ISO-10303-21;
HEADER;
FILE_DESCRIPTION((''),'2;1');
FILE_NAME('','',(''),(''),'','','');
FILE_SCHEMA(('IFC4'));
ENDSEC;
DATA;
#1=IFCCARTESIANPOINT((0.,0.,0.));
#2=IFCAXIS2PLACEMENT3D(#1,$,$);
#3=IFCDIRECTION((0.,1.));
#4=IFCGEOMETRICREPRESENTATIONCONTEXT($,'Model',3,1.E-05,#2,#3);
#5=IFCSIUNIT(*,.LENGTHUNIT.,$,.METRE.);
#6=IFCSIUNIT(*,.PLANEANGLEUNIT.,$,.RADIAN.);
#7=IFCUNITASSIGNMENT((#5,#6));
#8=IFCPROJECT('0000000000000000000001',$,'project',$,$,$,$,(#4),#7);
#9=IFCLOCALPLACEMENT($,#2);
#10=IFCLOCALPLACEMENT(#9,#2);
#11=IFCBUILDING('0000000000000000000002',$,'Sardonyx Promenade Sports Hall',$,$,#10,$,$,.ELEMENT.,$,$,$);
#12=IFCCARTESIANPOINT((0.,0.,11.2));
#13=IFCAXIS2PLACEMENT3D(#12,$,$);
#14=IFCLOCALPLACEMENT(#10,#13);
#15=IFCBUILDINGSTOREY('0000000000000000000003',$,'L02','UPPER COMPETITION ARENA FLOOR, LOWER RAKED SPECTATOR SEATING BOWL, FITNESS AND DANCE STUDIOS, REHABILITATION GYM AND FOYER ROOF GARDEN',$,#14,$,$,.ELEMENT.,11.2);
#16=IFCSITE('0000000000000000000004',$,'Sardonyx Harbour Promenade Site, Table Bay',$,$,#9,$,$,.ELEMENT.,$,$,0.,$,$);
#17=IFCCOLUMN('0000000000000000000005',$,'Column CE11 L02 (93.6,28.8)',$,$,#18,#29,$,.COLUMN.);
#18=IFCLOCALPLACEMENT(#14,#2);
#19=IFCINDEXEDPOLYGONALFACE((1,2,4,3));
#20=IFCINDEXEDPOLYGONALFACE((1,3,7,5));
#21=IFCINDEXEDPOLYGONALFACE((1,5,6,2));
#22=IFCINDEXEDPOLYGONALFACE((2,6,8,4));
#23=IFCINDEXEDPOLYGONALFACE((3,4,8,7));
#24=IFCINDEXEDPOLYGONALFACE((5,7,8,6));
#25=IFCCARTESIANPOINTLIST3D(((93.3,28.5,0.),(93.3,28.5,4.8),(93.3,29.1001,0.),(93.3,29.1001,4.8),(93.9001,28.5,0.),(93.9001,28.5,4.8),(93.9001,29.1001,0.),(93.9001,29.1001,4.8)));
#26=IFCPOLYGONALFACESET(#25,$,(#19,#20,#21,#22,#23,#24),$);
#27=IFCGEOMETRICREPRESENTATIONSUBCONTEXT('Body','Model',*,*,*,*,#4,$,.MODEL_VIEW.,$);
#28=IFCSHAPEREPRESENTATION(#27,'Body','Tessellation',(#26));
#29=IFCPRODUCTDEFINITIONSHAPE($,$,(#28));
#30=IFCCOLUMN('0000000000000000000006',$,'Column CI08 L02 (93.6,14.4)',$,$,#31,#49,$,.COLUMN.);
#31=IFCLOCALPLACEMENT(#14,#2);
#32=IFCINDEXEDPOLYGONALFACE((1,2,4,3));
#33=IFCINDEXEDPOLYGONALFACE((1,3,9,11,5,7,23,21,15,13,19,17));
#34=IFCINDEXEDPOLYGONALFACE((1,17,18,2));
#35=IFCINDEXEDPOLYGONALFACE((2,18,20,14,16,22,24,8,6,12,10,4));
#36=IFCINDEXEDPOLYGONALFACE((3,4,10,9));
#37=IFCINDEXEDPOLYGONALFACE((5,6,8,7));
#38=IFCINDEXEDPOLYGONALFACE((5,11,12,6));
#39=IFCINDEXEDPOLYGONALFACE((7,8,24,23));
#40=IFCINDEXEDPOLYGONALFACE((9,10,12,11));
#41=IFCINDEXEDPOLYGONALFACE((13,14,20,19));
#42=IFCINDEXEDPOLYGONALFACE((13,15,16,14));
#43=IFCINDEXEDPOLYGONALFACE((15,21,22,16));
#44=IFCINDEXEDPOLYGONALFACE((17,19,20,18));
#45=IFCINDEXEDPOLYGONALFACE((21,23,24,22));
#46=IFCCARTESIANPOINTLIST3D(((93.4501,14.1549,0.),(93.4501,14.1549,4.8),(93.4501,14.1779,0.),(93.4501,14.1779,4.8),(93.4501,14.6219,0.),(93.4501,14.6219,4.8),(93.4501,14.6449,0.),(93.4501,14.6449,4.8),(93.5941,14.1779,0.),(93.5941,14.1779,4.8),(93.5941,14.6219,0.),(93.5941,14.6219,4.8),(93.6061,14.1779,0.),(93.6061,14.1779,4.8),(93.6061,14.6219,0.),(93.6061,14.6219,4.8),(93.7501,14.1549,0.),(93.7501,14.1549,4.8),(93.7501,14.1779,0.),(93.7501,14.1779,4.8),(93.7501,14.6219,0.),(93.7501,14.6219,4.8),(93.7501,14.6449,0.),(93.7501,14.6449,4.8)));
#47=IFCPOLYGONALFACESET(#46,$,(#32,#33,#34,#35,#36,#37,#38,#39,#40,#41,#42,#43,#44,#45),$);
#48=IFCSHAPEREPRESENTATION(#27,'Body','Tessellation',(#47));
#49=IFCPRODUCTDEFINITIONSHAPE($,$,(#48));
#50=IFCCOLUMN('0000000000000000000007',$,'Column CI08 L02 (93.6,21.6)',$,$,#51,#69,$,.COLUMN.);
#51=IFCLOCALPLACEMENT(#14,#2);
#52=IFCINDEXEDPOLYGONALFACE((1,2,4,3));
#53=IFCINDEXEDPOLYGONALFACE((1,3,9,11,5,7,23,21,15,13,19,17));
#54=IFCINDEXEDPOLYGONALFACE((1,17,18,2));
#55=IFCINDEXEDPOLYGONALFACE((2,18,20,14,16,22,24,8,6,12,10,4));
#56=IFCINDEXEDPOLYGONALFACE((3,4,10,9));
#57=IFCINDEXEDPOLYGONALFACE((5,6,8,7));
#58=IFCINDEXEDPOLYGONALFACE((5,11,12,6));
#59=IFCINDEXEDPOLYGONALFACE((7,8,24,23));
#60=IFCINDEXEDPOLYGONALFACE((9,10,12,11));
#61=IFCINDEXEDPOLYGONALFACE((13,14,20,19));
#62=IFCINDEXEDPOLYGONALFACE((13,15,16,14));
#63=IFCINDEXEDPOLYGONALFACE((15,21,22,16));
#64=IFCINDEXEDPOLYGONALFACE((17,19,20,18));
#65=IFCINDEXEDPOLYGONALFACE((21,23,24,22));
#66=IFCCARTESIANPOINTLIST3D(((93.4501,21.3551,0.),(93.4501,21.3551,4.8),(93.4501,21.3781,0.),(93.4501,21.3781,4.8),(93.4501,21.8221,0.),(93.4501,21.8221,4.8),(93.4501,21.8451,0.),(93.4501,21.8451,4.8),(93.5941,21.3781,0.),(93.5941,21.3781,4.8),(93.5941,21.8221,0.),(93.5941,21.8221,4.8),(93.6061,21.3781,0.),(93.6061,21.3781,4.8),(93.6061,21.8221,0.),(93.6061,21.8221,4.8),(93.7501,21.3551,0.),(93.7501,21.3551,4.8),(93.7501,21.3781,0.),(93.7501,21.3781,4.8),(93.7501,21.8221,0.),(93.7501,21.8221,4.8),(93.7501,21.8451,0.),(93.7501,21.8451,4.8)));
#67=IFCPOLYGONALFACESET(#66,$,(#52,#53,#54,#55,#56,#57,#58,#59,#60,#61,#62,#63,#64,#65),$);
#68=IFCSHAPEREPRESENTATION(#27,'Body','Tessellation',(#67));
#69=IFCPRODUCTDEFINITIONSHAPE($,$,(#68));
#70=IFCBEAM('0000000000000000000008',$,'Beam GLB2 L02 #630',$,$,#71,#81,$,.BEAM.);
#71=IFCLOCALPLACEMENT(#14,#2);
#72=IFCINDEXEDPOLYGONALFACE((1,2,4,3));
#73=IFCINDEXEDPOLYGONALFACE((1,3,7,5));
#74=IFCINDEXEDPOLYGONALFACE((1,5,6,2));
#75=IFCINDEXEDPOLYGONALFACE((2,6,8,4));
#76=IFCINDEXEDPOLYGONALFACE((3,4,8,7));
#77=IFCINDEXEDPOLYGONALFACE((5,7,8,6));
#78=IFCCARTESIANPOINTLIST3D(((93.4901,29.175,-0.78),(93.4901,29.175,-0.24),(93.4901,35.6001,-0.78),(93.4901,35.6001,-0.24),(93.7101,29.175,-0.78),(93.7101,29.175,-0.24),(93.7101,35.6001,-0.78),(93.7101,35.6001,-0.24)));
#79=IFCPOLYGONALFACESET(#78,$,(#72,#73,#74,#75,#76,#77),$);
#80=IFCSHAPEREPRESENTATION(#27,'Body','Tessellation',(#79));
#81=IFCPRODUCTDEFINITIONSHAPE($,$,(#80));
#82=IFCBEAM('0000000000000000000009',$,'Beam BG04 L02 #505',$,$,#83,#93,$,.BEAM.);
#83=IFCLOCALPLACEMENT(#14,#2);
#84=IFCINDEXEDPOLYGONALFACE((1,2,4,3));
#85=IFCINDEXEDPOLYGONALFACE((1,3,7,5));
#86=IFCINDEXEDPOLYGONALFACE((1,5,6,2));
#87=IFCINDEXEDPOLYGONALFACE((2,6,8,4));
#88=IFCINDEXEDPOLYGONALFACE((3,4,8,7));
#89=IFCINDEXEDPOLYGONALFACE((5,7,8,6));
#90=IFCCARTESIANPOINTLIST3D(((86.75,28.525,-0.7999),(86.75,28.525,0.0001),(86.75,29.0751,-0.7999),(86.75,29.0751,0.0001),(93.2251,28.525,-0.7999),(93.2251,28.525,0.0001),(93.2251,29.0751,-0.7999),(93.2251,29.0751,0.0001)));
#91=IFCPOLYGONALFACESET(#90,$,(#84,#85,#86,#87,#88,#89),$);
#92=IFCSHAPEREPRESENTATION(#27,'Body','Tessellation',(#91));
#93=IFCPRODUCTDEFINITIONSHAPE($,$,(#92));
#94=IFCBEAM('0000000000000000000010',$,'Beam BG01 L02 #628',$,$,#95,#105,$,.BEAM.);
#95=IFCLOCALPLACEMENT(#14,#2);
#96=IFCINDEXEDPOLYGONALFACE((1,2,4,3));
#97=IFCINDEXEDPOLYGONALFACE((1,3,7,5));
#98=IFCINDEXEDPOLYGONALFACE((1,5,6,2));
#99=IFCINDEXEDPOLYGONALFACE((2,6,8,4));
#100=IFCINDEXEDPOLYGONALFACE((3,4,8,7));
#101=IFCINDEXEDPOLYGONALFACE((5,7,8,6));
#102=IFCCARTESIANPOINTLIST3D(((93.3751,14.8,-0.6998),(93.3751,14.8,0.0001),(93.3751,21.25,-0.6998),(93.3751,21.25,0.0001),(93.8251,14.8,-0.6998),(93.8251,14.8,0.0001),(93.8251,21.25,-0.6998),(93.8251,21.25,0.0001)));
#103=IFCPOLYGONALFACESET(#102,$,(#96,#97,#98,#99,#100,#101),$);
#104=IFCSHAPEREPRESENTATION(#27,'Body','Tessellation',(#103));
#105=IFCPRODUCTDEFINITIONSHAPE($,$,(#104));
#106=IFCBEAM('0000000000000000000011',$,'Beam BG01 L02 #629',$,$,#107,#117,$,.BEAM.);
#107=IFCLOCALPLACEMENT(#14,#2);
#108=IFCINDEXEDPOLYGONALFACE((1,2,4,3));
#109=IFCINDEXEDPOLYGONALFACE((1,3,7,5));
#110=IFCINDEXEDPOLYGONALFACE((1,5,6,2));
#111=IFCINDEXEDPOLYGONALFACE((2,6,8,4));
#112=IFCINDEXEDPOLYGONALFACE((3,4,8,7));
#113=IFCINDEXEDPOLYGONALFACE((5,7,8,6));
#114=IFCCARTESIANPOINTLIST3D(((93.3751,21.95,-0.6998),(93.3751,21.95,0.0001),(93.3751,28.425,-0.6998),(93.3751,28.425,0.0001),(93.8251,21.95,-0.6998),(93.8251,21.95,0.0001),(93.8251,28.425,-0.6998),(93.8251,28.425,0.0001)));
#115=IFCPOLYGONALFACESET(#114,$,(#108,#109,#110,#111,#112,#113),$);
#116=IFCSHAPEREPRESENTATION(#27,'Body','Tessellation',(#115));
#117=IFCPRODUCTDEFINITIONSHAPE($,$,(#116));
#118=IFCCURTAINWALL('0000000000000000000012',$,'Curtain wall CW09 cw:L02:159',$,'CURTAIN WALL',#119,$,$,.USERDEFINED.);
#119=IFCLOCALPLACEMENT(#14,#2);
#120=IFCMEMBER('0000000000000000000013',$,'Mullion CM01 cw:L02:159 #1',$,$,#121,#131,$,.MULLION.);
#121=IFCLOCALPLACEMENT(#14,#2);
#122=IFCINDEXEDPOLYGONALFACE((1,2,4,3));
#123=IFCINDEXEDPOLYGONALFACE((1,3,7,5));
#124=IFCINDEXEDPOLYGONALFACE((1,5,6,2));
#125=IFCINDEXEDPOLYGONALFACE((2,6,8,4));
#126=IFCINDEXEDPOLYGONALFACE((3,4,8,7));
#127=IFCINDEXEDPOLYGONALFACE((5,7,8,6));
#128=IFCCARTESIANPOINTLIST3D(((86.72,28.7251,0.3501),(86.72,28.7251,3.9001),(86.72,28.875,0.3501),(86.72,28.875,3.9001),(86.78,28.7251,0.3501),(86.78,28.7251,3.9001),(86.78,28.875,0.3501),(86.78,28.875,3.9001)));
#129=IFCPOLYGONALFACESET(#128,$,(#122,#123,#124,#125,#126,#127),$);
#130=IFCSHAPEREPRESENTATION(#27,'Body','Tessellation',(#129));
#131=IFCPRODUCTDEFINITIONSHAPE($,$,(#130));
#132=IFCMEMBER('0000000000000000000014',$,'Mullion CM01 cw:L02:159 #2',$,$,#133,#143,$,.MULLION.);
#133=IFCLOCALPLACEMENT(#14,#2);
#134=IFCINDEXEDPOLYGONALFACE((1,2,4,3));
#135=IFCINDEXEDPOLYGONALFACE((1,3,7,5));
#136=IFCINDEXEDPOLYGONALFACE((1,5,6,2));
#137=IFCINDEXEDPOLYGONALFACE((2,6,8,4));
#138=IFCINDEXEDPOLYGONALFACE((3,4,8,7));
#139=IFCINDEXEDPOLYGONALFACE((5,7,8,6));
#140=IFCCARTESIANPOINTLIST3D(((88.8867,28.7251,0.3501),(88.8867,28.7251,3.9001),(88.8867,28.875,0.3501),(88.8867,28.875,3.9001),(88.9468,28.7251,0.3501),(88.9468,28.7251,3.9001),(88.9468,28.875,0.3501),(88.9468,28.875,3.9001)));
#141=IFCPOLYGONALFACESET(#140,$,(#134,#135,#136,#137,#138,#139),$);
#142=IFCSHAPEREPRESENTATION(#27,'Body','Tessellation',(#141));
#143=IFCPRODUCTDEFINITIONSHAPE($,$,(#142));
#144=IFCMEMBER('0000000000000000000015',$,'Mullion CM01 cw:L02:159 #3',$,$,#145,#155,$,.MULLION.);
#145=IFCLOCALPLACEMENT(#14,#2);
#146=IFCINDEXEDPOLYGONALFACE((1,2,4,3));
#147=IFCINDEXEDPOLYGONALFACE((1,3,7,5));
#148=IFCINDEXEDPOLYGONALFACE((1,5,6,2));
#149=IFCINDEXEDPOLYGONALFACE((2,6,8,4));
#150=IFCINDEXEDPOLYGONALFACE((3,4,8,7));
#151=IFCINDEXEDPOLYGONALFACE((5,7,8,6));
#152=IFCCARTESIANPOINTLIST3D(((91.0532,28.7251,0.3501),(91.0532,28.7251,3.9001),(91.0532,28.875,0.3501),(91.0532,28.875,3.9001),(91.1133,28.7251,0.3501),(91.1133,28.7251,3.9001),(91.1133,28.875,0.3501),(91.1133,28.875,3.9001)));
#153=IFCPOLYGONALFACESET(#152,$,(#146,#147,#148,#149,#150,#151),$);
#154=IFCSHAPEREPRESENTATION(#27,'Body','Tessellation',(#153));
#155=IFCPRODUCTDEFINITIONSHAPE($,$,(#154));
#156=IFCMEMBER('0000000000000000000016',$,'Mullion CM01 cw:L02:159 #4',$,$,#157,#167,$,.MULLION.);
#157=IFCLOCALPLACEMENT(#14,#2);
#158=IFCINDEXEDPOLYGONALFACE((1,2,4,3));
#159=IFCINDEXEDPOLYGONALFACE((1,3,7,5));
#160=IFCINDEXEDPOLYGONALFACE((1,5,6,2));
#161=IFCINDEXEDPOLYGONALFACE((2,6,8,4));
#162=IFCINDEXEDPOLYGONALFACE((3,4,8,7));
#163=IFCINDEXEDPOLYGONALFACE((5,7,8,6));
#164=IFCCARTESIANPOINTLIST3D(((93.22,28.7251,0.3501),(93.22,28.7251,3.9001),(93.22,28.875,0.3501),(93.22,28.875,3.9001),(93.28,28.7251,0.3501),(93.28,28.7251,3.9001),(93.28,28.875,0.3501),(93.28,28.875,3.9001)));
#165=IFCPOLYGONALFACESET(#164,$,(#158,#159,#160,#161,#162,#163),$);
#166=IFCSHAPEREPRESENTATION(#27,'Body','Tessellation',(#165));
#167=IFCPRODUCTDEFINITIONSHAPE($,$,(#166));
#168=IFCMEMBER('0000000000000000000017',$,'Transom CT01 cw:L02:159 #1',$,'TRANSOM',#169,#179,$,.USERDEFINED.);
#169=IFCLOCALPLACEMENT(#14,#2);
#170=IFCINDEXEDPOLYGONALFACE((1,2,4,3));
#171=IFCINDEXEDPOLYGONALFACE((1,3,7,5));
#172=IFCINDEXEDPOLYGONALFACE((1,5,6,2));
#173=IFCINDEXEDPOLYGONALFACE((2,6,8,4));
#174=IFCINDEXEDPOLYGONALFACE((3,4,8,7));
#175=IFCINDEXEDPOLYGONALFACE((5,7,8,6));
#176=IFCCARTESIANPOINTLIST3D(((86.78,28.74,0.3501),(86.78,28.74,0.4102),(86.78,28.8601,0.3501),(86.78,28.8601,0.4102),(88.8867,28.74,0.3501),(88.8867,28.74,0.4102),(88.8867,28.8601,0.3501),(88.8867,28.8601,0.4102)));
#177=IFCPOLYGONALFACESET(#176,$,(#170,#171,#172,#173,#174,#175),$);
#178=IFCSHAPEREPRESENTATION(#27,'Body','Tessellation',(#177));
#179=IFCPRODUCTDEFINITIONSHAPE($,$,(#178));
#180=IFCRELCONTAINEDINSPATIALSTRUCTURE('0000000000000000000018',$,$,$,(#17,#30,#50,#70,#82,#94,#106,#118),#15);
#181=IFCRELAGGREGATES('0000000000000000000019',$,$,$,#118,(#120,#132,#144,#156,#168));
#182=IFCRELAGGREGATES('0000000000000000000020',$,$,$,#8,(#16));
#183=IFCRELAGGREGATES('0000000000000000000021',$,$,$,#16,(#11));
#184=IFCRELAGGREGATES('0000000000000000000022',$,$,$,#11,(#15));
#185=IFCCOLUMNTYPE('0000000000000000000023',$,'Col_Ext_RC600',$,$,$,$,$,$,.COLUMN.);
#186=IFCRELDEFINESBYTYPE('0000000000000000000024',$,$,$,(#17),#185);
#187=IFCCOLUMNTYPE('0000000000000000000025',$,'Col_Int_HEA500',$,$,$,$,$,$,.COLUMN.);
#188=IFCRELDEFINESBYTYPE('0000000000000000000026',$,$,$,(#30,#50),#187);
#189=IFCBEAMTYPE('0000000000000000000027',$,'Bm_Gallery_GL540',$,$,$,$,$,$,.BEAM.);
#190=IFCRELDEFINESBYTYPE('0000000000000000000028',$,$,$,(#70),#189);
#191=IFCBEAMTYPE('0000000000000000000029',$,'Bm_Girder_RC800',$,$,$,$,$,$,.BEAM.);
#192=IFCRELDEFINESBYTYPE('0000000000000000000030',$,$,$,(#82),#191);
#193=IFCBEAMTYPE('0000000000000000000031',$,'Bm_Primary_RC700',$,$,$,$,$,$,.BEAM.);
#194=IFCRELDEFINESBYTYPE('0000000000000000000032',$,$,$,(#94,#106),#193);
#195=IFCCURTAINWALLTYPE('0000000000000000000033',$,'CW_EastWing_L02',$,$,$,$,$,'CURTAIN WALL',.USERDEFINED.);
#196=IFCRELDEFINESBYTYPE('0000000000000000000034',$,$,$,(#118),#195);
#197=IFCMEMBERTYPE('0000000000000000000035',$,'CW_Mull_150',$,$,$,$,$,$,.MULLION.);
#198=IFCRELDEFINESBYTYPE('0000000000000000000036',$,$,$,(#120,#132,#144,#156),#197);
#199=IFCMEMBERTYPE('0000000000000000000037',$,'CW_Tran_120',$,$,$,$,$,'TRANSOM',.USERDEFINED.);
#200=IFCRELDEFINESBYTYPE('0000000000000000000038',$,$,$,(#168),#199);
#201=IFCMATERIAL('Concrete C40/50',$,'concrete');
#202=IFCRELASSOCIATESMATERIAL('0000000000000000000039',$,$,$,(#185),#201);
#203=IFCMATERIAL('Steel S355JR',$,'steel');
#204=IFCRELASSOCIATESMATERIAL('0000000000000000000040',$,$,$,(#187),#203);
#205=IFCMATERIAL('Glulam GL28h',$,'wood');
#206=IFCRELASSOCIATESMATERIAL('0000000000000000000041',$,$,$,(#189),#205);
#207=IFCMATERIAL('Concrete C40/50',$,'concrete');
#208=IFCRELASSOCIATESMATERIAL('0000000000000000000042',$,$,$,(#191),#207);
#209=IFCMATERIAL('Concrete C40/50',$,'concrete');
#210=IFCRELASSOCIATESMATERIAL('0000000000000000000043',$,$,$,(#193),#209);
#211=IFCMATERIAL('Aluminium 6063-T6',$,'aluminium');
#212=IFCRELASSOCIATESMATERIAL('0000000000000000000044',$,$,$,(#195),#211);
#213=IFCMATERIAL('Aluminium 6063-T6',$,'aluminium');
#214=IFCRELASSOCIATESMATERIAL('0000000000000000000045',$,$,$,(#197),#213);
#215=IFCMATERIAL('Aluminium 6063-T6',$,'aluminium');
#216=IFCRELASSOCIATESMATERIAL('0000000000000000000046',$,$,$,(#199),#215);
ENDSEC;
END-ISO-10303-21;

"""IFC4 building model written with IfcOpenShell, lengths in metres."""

from ifc_helpers import new_model, si_unit, direction, frame, origin, origin_2d, place, context, subcontext, project, spatial, rectangle, i_section, extrude, material, material_profile, profile_set, type_object, element, aggregate, save


model = new_model("IFC4")

# Units and contexts
model_context = context("Model", 3, precision=1e-05, world=origin(), true_north=direction((0.0, 1.0)))
body_context = subcontext(model_context, "Body", "Model", "MODEL_VIEW")
ifc_project = project(units=[si_unit("LENGTHUNIT", "METRE"), si_unit("PLANEANGLEUNIT", "RADIAN")], contexts=[model_context])

# Site, building, storey
site_placement = place(None, origin())
site = spatial("IfcSite", under=ifc_project, at=site_placement, Name="Sardonyx Harbour Promenade Site, Table Bay", CompositionType="ELEMENT", RefElevation=0.0)
building_placement = place(site_placement, origin())
building = spatial("IfcBuilding", under=site, at=building_placement, Name="Sardonyx Promenade Sports Hall", CompositionType="ELEMENT")
storey_placement = place(building_placement, frame((0.0, 0.0, 11.2)))
storey = spatial("IfcBuildingStorey", under=building, at=storey_placement, Name="L02", Description="UPPER COMPETITION ARENA FLOOR, LOWER RAKED SPECTATOR SEATING BOWL, FITNESS AND DANCE STUDIOS, REHABILITATION GYM AND FOYER ROOF GARDEN", CompositionType="ELEMENT", Elevation=11.2)

# Columns
ifc_material_1 = material(Name="Concrete C40/50", Category="concrete")
ifc_material_profile_1 = material_profile(ifc_material_1, rectangle(XDim=0.6001, YDim=0.6001, at=origin_2d()))
ifc_profile_set_1 = profile_set([ifc_material_profile_1], Name="Concrete C40/50")
column_type_1 = type_object("IfcColumnType", Name="Col_Ext_RC600", PredefinedType="COLUMN", material=ifc_profile_set_1)
column_placement = place(storey_placement, frame((93.6001, 28.8, 0.0), z_axis=(0.0, 0.0, 1.0), x_axis=(1.0, 0.0, 0.0)))
element("IfcColumn", 1, at=column_placement, inside=storey, type_object=column_type_1, Name="Column CE11 L02 (93.6,28.8)", PredefinedType="COLUMN", context=body_context, shape_type="SweptSolid", body=[
    extrude(rectangle(XDim=0.6001, YDim=0.6001, at=origin_2d()), origin(), (0.0, 0.0, 1.0), 4.8),
])
ifc_material_2 = material(Name="Steel S355JR", Category="steel")
ifc_material_profile_2 = material_profile(ifc_material_2, i_section(OverallWidth=0.3, OverallDepth=0.49, WebThickness=0.012, FlangeThickness=0.0229, at=origin_2d()))
ifc_profile_set_2 = profile_set([ifc_material_profile_2], Name="Steel S355JR")
column_type_2 = type_object("IfcColumnType", Name="Col_Int_HEA500", PredefinedType="COLUMN", material=ifc_profile_set_2)
for number, where, z_axis, x_axis, name in (
    (2, (93.6001, 14.3999, 0.0), (0.0, 0.0, 1.0), (1.0, 0.0, 0.0), "Column CI08 L02 (93.6,14.4)"),
    (3, (93.6001, 21.6001, 0.0), (0.0, 0.0, 1.0), (1.0, 0.0, 0.0), "Column CI08 L02 (93.6,21.6)"),
):
    element("IfcColumn", number, at=place(storey_placement, frame(where, z_axis=z_axis, x_axis=x_axis)), inside=storey, type_object=column_type_2, Name=name, PredefinedType="COLUMN", context=body_context, shape_type="SweptSolid", body=[
        extrude(i_section(OverallWidth=0.3, OverallDepth=0.49, WebThickness=0.012, FlangeThickness=0.0229, at=origin_2d()), origin(), (0.0, 0.0, 1.0), 4.8),
    ])

# Beams
ifc_material_3 = material(Name="Glulam GL28h", Category="wood")
ifc_material_profile_3 = material_profile(ifc_material_3, rectangle(XDim=0.22, YDim=0.54, at=origin_2d()))
ifc_profile_set_3 = profile_set([ifc_material_profile_3], Name="Glulam GL28h")
beam_type_1 = type_object("IfcBeamType", Name="Bm_Gallery_GL540", PredefinedType="BEAM", material=ifc_profile_set_3)
beam_1_placement = place(storey_placement, frame((93.6001, 29.175, -0.51), z_axis=(0.0, 1.0, 0.0), x_axis=(-1.0, 0.0, 0.0)))
element("IfcBeam", 4, at=beam_1_placement, inside=storey, type_object=beam_type_1, Name="Beam GLB2 L02 #630", PredefinedType="BEAM", context=body_context, shape_type="SweptSolid", body=[
    extrude(rectangle(XDim=0.22, YDim=0.54, at=origin_2d()), origin(), (0.0, 0.0, 1.0), 6.425),
])
ifc_material_4 = material(Name="Concrete C40/50", Category="concrete")
ifc_material_profile_4 = material_profile(ifc_material_4, rectangle(XDim=0.55, YDim=0.8, at=origin_2d()))
ifc_profile_set_4 = profile_set([ifc_material_profile_4], Name="Concrete C40/50")
beam_type_2 = type_object("IfcBeamType", Name="Bm_Girder_RC800", PredefinedType="BEAM", material=ifc_profile_set_4)
beam_2_placement = place(storey_placement, frame((86.75, 28.8, -0.3999), z_axis=(1.0, 0.0, 0.0), x_axis=(0.0, 1.0, 0.0)))
element("IfcBeam", 5, at=beam_2_placement, inside=storey, type_object=beam_type_2, Name="Beam BG04 L02 #505", PredefinedType="BEAM", context=body_context, shape_type="SweptSolid", body=[
    extrude(rectangle(XDim=0.55, YDim=0.8, at=origin_2d()), origin(), (0.0, 0.0, 1.0), 6.4751),
])
ifc_material_5 = material(Name="Concrete C40/50", Category="concrete")
ifc_material_profile_5 = material_profile(ifc_material_5, rectangle(XDim=0.45, YDim=0.7, at=origin_2d()))
ifc_profile_set_5 = profile_set([ifc_material_profile_5], Name="Concrete C40/50")
beam_type_3 = type_object("IfcBeamType", Name="Bm_Primary_RC700", PredefinedType="BEAM", material=ifc_profile_set_5)
beam_3_placement = place(storey_placement, frame((93.6001, 14.8, -0.3499), z_axis=(0.0, 1.0, 0.0), x_axis=(-1.0, 0.0, 0.0)))
element("IfcBeam", 6, at=beam_3_placement, inside=storey, type_object=beam_type_3, Name="Beam BG01 L02 #628", PredefinedType="BEAM", context=body_context, shape_type="SweptSolid", body=[
    extrude(rectangle(XDim=0.45, YDim=0.7, at=origin_2d()), origin(), (0.0, 0.0, 1.0), 6.45),
])
beam_4_placement = place(storey_placement, frame((93.6001, 21.95, -0.3499), z_axis=(0.0, 1.0, 0.0), x_axis=(-1.0, 0.0, 0.0)))
element("IfcBeam", 7, at=beam_4_placement, inside=storey, type_object=beam_type_3, Name="Beam BG01 L02 #629", PredefinedType="BEAM", context=body_context, shape_type="SweptSolid", body=[
    extrude(rectangle(XDim=0.45, YDim=0.7, at=origin_2d()), origin(), (0.0, 0.0, 1.0), 6.4751),
])

# Curtain wall, members
ifc_material_6 = material(Name="Aluminium 6063-T6", Category="aluminium")
curtain_wall_type = type_object("IfcCurtainWallType", Name="CW_EastWing_L02", ElementType="CURTAIN WALL", PredefinedType="USERDEFINED", material=ifc_material_6)
curtain_wall_placement = place(storey_placement, origin())
curtain_wall = element("IfcCurtainWall", 8, at=curtain_wall_placement, inside=storey, type_object=curtain_wall_type, Name="Curtain wall CW09 cw:L02:159", ObjectType="CURTAIN WALL", PredefinedType="USERDEFINED")
ifc_material_7 = material(Name="Aluminium 6063-T6", Category="aluminium")
ifc_material_profile_6 = material_profile(ifc_material_7, rectangle(XDim=0.0601, YDim=0.1499, at=origin_2d()))
ifc_profile_set_6 = profile_set([ifc_material_profile_6], Name="Aluminium 6063-T6")
member_type_1 = type_object("IfcMemberType", Name="CW_Mull_150", PredefinedType="MULLION", material=ifc_profile_set_6)
member_1_placement = place(storey_placement, frame((86.75, 28.8, 0.3501), z_axis=(0.0, 0.0, 1.0), x_axis=(1.0, 0.0, 0.0)))
member_1 = element("IfcMember", 9, at=member_1_placement, type_object=member_type_1, Name="Mullion CM01 cw:L02:159 #1", PredefinedType="MULLION", context=body_context, shape_type="SweptSolid", body=[
    extrude(rectangle(XDim=0.0601, YDim=0.1499, at=origin_2d()), origin(), (0.0, 0.0, 1.0), 3.55),
])
member_2_placement = place(storey_placement, frame((88.9167, 28.8, 0.3501), z_axis=(0.0, 0.0, 1.0), x_axis=(1.0, 0.0, 0.0)))
member_2 = element("IfcMember", 10, at=member_2_placement, type_object=member_type_1, Name="Mullion CM01 cw:L02:159 #2", PredefinedType="MULLION", context=body_context, shape_type="SweptSolid", body=[
    extrude(rectangle(XDim=0.0601, YDim=0.1499, at=origin_2d()), origin(), (0.0, 0.0, 1.0), 3.55),
])
member_3_placement = place(storey_placement, frame((91.0833, 28.8, 0.3501), z_axis=(0.0, 0.0, 1.0), x_axis=(1.0, 0.0, 0.0)))
member_3 = element("IfcMember", 11, at=member_3_placement, type_object=member_type_1, Name="Mullion CM01 cw:L02:159 #3", PredefinedType="MULLION", context=body_context, shape_type="SweptSolid", body=[
    extrude(rectangle(XDim=0.0601, YDim=0.1499, at=origin_2d()), origin(), (0.0, 0.0, 1.0), 3.55),
])
member_4_placement = place(storey_placement, frame((93.25, 28.8, 0.3501), z_axis=(0.0, 0.0, 1.0), x_axis=(1.0, 0.0, 0.0)))
member_4 = element("IfcMember", 12, at=member_4_placement, type_object=member_type_1, Name="Mullion CM01 cw:L02:159 #4", PredefinedType="MULLION", context=body_context, shape_type="SweptSolid", body=[
    extrude(rectangle(XDim=0.0601, YDim=0.1499, at=origin_2d()), origin(), (0.0, 0.0, 1.0), 3.55),
])
ifc_material_8 = material(Name="Aluminium 6063-T6", Category="aluminium")
ifc_material_profile_7 = material_profile(ifc_material_8, rectangle(XDim=0.0601, YDim=0.1201, at=origin_2d()))
ifc_profile_set_7 = profile_set([ifc_material_profile_7], Name="Aluminium 6063-T6")
member_type_2 = type_object("IfcMemberType", Name="CW_Tran_120", ElementType="TRANSOM", PredefinedType="USERDEFINED", material=ifc_profile_set_7)
member_5_placement = place(storey_placement, frame((86.78, 28.8, 0.3801), z_axis=(1.0, 0.0, 0.0), x_axis=(0.0, 0.0, 1.0)))
member_5 = element("IfcMember", 13, at=member_5_placement, type_object=member_type_2, Name="Transom CT01 cw:L02:159 #1", ObjectType="TRANSOM", PredefinedType="USERDEFINED", context=body_context, shape_type="SweptSolid", body=[
    extrude(rectangle(XDim=0.0601, YDim=0.1201, at=origin_2d()), origin(), (0.0, 0.0, 1.0), 2.1067),
])
aggregate(curtain_wall, [member_1, member_2, member_3, member_4, member_5])

save(model, "model.ifc")
